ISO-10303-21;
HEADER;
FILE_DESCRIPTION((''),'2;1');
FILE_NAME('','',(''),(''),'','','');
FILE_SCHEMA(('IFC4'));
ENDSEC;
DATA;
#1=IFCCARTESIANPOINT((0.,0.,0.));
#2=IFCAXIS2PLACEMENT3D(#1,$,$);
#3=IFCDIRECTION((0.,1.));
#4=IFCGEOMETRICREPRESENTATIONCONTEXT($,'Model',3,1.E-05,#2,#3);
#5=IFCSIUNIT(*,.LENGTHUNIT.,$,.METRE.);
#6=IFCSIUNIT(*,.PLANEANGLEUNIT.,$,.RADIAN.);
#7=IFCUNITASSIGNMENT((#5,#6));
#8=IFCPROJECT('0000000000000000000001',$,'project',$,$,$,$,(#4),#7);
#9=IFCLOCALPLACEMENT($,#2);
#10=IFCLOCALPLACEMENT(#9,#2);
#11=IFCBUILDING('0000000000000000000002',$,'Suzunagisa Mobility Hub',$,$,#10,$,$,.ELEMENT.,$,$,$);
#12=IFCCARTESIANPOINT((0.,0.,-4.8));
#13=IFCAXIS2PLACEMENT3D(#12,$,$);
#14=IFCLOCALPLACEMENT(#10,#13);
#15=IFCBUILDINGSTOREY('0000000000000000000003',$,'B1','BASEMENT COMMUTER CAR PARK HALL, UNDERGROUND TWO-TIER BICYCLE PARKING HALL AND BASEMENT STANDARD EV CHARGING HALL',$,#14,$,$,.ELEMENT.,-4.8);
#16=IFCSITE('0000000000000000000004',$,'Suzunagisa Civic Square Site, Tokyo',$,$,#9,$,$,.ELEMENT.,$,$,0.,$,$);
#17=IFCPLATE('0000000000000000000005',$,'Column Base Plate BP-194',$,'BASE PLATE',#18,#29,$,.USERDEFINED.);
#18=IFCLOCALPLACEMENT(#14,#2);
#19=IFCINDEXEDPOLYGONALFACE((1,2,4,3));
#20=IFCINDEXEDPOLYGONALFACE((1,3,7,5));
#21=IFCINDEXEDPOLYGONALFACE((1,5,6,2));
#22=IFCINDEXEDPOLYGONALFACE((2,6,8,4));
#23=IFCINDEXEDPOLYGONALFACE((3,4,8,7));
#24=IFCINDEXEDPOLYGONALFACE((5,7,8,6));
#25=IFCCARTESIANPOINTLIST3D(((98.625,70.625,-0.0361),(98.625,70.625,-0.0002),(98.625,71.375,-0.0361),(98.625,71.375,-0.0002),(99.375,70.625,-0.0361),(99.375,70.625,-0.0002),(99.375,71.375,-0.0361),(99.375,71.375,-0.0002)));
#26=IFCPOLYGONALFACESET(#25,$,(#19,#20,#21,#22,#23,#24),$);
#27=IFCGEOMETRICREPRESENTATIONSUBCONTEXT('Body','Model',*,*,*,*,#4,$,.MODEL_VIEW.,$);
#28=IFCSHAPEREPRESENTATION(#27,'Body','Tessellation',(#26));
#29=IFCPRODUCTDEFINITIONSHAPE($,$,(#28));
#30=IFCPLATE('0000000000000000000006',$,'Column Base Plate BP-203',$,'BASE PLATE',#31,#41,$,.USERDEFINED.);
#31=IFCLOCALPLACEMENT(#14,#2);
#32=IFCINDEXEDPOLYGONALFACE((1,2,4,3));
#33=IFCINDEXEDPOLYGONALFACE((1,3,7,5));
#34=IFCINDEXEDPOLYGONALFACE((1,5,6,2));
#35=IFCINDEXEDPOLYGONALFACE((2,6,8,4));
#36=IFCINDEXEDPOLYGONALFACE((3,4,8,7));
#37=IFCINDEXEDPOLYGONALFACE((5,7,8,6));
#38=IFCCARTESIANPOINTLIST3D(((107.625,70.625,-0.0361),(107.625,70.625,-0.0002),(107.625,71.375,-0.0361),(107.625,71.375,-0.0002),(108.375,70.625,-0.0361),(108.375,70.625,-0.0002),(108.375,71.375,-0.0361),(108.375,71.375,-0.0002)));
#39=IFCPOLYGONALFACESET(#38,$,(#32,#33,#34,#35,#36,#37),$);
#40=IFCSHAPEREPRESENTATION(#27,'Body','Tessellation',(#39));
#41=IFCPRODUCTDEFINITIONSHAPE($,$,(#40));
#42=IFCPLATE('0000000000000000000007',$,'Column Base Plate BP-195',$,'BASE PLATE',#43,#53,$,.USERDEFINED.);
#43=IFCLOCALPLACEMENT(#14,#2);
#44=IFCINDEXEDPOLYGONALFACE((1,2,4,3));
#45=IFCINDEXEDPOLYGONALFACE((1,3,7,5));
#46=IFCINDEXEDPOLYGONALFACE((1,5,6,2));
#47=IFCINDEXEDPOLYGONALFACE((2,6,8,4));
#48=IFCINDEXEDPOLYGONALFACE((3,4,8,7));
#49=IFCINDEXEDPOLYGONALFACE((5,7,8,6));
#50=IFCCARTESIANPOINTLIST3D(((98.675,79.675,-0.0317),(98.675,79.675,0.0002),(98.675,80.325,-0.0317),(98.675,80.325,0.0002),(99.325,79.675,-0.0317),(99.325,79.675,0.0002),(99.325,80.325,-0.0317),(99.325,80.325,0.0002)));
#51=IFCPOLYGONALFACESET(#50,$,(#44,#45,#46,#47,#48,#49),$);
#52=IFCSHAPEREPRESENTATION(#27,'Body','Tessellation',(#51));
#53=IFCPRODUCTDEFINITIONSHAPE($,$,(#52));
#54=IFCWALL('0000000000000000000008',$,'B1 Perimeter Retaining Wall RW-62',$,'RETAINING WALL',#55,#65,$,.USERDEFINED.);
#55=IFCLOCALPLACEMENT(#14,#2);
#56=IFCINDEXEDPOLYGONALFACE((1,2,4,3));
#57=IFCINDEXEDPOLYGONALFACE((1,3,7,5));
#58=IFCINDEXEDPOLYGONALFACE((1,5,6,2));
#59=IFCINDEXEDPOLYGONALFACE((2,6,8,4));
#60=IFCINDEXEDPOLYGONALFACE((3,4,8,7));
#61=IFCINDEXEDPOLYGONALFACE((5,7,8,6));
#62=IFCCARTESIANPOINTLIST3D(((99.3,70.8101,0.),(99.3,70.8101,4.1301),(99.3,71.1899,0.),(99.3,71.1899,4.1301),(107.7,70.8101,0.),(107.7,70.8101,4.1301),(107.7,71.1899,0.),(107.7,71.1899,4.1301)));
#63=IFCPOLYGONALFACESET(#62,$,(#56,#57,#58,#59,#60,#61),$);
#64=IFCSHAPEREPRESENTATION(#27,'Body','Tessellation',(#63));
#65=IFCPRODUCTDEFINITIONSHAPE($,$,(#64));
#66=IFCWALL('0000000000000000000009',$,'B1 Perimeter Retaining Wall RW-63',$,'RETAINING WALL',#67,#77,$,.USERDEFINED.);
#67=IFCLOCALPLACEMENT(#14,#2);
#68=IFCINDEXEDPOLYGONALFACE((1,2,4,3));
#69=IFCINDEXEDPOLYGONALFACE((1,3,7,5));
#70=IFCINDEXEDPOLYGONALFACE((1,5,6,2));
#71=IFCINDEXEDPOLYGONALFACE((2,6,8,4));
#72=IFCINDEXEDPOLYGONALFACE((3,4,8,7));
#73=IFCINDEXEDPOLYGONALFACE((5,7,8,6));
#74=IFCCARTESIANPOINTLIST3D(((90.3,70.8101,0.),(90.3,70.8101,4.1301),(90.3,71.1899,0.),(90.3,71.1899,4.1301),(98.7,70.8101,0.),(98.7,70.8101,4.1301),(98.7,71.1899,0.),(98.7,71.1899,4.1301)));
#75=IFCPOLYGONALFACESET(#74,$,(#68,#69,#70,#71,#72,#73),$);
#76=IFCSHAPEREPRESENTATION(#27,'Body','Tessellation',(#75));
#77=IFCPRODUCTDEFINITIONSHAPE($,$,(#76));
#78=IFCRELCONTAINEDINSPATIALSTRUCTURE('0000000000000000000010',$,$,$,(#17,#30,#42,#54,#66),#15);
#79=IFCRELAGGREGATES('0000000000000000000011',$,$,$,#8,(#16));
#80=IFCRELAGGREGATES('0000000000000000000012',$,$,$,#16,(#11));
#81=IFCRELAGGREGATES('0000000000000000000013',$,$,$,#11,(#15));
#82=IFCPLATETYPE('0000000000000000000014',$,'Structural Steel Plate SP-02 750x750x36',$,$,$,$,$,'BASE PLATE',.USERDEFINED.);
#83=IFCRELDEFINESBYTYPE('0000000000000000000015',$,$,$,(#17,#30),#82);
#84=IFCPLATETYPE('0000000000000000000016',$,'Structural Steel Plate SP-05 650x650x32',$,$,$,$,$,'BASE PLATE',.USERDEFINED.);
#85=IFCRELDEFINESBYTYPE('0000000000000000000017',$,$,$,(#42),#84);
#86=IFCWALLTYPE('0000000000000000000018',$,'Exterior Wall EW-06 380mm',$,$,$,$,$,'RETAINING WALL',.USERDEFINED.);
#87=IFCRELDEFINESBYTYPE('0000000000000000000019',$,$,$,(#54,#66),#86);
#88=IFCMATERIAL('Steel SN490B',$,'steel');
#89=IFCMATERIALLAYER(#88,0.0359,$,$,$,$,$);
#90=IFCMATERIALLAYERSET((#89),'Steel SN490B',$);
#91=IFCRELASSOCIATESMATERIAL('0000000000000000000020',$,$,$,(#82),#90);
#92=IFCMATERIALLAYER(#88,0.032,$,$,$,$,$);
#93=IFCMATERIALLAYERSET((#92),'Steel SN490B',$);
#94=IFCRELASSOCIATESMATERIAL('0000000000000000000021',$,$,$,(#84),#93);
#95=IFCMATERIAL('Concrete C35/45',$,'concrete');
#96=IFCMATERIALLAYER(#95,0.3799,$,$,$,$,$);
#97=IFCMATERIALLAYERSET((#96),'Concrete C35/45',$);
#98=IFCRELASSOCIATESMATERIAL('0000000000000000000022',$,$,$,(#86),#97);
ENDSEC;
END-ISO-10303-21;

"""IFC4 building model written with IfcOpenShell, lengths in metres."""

from ifc_helpers import new_model, si_unit, direction, frame, frame_2d, origin, origin_2d, place, context, subcontext, project, spatial, rectangle, extrude, material, layer, layer_set, type_object, element, save


model = new_model("IFC4")

# Units and contexts
model_context = context("Model", 3, precision=1e-05, world=origin(), true_north=direction((0.0, 1.0)))
body_context = subcontext(model_context, "Body", "Model", "MODEL_VIEW")
ifc_project = project(units=[si_unit("LENGTHUNIT", "METRE"), si_unit("PLANEANGLEUNIT", "RADIAN")], contexts=[model_context])

# Site, building, storey
site_placement = place(None, origin())
site = spatial("IfcSite", under=ifc_project, at=site_placement, Name="Suzunagisa Civic Square Site, Tokyo", CompositionType="ELEMENT", RefElevation=0.0)
building_placement = place(site_placement, origin())
building = spatial("IfcBuilding", under=site, at=building_placement, Name="Suzunagisa Mobility Hub", CompositionType="ELEMENT")
storey_placement = place(building_placement, frame((0.0, 0.0, -4.8)))
storey = spatial("IfcBuildingStorey", under=building, at=storey_placement, Name="B1", Description="BASEMENT COMMUTER CAR PARK HALL, UNDERGROUND TWO-TIER BICYCLE PARKING HALL AND BASEMENT STANDARD EV CHARGING HALL", CompositionType="ELEMENT", Elevation=-4.8)

# Shared definitions
ifc_material_1 = material(Name="Concrete C35/45", Category="concrete")

# Shared definitions
ifc_material_2 = material(Name="Steel SN490B", Category="steel")

# Plates
ifc_layer_1 = layer(ifc_material_2, 0.0359)
ifc_layer_set_1 = layer_set([ifc_layer_1], Name="Steel SN490B")
plate_type_1 = type_object("IfcPlateType", Name="Structural Steel Plate SP-02 750x750x36", ElementType="BASE PLATE", PredefinedType="USERDEFINED", material=ifc_layer_set_1)
for number, where, z_axis, x_axis, name in (
    (1, (99.0, 71.0, -0.0361), (0.0, 0.0, 1.0), (1.0, 0.0, 0.0), "Column Base Plate BP-194"),
    (2, (108.0, 71.0, -0.0361), (0.0, 0.0, 1.0), (1.0, 0.0, 0.0), "Column Base Plate BP-203"),
):
    element("IfcPlate", number, at=place(storey_placement, frame(where, z_axis=z_axis, x_axis=x_axis)), inside=storey, type_object=plate_type_1, Name=name, ObjectType="BASE PLATE", PredefinedType="USERDEFINED", context=body_context, shape_type="SweptSolid", body=[
        extrude(rectangle(XDim=0.75, YDim=0.75, at=origin_2d()), origin(), (0.0, 0.0, 1.0), 0.0359),
    ])
ifc_layer_2 = layer(ifc_material_2, 0.032)
ifc_layer_set_2 = layer_set([ifc_layer_2], Name="Steel SN490B")
plate_type_2 = type_object("IfcPlateType", Name="Structural Steel Plate SP-05 650x650x32", ElementType="BASE PLATE", PredefinedType="USERDEFINED", material=ifc_layer_set_2)
plate_placement = place(storey_placement, frame((99.0, 80.0, -0.0317), z_axis=(0.0, 0.0, 1.0), x_axis=(1.0, 0.0, 0.0)))
element("IfcPlate", 3, at=plate_placement, inside=storey, type_object=plate_type_2, Name="Column Base Plate BP-195", ObjectType="BASE PLATE", PredefinedType="USERDEFINED", context=body_context, shape_type="SweptSolid", body=[
    extrude(rectangle(XDim=0.6499, YDim=0.6499, at=origin_2d()), origin(), (0.0, 0.0, 1.0), 0.032),
])

# Walls
ifc_layer_3 = layer(ifc_material_1, 0.3799)
ifc_layer_set_3 = layer_set([ifc_layer_3], Name="Concrete C35/45")
wall_type = type_object("IfcWallType", Name="Exterior Wall EW-06 380mm", ElementType="RETAINING WALL", PredefinedType="USERDEFINED", material=ifc_layer_set_3)
for number, where, z_axis, x_axis, name in (
    (4, (107.7, 71.0, 0.0), (0.0, 0.0, 1.0), (-1.0, 0.0, 0.0), "B1 Perimeter Retaining Wall RW-62"),
    (5, (98.7, 71.0, 0.0), (0.0, 0.0, 1.0), (-1.0, 0.0, 0.0), "B1 Perimeter Retaining Wall RW-63"),
):
    element("IfcWall", number, at=place(storey_placement, frame(where, z_axis=z_axis, x_axis=x_axis)), inside=storey, type_object=wall_type, Name=name, ObjectType="RETAINING WALL", PredefinedType="USERDEFINED", context=body_context, shape_type="SweptSolid", body=[
        extrude(rectangle(XDim=8.3999, YDim=0.3799, at=frame_2d((4.2, 0.0))), origin(), (0.0, 0.0, 1.0), 4.1301),
    ])

save(model, "model.ifc")
